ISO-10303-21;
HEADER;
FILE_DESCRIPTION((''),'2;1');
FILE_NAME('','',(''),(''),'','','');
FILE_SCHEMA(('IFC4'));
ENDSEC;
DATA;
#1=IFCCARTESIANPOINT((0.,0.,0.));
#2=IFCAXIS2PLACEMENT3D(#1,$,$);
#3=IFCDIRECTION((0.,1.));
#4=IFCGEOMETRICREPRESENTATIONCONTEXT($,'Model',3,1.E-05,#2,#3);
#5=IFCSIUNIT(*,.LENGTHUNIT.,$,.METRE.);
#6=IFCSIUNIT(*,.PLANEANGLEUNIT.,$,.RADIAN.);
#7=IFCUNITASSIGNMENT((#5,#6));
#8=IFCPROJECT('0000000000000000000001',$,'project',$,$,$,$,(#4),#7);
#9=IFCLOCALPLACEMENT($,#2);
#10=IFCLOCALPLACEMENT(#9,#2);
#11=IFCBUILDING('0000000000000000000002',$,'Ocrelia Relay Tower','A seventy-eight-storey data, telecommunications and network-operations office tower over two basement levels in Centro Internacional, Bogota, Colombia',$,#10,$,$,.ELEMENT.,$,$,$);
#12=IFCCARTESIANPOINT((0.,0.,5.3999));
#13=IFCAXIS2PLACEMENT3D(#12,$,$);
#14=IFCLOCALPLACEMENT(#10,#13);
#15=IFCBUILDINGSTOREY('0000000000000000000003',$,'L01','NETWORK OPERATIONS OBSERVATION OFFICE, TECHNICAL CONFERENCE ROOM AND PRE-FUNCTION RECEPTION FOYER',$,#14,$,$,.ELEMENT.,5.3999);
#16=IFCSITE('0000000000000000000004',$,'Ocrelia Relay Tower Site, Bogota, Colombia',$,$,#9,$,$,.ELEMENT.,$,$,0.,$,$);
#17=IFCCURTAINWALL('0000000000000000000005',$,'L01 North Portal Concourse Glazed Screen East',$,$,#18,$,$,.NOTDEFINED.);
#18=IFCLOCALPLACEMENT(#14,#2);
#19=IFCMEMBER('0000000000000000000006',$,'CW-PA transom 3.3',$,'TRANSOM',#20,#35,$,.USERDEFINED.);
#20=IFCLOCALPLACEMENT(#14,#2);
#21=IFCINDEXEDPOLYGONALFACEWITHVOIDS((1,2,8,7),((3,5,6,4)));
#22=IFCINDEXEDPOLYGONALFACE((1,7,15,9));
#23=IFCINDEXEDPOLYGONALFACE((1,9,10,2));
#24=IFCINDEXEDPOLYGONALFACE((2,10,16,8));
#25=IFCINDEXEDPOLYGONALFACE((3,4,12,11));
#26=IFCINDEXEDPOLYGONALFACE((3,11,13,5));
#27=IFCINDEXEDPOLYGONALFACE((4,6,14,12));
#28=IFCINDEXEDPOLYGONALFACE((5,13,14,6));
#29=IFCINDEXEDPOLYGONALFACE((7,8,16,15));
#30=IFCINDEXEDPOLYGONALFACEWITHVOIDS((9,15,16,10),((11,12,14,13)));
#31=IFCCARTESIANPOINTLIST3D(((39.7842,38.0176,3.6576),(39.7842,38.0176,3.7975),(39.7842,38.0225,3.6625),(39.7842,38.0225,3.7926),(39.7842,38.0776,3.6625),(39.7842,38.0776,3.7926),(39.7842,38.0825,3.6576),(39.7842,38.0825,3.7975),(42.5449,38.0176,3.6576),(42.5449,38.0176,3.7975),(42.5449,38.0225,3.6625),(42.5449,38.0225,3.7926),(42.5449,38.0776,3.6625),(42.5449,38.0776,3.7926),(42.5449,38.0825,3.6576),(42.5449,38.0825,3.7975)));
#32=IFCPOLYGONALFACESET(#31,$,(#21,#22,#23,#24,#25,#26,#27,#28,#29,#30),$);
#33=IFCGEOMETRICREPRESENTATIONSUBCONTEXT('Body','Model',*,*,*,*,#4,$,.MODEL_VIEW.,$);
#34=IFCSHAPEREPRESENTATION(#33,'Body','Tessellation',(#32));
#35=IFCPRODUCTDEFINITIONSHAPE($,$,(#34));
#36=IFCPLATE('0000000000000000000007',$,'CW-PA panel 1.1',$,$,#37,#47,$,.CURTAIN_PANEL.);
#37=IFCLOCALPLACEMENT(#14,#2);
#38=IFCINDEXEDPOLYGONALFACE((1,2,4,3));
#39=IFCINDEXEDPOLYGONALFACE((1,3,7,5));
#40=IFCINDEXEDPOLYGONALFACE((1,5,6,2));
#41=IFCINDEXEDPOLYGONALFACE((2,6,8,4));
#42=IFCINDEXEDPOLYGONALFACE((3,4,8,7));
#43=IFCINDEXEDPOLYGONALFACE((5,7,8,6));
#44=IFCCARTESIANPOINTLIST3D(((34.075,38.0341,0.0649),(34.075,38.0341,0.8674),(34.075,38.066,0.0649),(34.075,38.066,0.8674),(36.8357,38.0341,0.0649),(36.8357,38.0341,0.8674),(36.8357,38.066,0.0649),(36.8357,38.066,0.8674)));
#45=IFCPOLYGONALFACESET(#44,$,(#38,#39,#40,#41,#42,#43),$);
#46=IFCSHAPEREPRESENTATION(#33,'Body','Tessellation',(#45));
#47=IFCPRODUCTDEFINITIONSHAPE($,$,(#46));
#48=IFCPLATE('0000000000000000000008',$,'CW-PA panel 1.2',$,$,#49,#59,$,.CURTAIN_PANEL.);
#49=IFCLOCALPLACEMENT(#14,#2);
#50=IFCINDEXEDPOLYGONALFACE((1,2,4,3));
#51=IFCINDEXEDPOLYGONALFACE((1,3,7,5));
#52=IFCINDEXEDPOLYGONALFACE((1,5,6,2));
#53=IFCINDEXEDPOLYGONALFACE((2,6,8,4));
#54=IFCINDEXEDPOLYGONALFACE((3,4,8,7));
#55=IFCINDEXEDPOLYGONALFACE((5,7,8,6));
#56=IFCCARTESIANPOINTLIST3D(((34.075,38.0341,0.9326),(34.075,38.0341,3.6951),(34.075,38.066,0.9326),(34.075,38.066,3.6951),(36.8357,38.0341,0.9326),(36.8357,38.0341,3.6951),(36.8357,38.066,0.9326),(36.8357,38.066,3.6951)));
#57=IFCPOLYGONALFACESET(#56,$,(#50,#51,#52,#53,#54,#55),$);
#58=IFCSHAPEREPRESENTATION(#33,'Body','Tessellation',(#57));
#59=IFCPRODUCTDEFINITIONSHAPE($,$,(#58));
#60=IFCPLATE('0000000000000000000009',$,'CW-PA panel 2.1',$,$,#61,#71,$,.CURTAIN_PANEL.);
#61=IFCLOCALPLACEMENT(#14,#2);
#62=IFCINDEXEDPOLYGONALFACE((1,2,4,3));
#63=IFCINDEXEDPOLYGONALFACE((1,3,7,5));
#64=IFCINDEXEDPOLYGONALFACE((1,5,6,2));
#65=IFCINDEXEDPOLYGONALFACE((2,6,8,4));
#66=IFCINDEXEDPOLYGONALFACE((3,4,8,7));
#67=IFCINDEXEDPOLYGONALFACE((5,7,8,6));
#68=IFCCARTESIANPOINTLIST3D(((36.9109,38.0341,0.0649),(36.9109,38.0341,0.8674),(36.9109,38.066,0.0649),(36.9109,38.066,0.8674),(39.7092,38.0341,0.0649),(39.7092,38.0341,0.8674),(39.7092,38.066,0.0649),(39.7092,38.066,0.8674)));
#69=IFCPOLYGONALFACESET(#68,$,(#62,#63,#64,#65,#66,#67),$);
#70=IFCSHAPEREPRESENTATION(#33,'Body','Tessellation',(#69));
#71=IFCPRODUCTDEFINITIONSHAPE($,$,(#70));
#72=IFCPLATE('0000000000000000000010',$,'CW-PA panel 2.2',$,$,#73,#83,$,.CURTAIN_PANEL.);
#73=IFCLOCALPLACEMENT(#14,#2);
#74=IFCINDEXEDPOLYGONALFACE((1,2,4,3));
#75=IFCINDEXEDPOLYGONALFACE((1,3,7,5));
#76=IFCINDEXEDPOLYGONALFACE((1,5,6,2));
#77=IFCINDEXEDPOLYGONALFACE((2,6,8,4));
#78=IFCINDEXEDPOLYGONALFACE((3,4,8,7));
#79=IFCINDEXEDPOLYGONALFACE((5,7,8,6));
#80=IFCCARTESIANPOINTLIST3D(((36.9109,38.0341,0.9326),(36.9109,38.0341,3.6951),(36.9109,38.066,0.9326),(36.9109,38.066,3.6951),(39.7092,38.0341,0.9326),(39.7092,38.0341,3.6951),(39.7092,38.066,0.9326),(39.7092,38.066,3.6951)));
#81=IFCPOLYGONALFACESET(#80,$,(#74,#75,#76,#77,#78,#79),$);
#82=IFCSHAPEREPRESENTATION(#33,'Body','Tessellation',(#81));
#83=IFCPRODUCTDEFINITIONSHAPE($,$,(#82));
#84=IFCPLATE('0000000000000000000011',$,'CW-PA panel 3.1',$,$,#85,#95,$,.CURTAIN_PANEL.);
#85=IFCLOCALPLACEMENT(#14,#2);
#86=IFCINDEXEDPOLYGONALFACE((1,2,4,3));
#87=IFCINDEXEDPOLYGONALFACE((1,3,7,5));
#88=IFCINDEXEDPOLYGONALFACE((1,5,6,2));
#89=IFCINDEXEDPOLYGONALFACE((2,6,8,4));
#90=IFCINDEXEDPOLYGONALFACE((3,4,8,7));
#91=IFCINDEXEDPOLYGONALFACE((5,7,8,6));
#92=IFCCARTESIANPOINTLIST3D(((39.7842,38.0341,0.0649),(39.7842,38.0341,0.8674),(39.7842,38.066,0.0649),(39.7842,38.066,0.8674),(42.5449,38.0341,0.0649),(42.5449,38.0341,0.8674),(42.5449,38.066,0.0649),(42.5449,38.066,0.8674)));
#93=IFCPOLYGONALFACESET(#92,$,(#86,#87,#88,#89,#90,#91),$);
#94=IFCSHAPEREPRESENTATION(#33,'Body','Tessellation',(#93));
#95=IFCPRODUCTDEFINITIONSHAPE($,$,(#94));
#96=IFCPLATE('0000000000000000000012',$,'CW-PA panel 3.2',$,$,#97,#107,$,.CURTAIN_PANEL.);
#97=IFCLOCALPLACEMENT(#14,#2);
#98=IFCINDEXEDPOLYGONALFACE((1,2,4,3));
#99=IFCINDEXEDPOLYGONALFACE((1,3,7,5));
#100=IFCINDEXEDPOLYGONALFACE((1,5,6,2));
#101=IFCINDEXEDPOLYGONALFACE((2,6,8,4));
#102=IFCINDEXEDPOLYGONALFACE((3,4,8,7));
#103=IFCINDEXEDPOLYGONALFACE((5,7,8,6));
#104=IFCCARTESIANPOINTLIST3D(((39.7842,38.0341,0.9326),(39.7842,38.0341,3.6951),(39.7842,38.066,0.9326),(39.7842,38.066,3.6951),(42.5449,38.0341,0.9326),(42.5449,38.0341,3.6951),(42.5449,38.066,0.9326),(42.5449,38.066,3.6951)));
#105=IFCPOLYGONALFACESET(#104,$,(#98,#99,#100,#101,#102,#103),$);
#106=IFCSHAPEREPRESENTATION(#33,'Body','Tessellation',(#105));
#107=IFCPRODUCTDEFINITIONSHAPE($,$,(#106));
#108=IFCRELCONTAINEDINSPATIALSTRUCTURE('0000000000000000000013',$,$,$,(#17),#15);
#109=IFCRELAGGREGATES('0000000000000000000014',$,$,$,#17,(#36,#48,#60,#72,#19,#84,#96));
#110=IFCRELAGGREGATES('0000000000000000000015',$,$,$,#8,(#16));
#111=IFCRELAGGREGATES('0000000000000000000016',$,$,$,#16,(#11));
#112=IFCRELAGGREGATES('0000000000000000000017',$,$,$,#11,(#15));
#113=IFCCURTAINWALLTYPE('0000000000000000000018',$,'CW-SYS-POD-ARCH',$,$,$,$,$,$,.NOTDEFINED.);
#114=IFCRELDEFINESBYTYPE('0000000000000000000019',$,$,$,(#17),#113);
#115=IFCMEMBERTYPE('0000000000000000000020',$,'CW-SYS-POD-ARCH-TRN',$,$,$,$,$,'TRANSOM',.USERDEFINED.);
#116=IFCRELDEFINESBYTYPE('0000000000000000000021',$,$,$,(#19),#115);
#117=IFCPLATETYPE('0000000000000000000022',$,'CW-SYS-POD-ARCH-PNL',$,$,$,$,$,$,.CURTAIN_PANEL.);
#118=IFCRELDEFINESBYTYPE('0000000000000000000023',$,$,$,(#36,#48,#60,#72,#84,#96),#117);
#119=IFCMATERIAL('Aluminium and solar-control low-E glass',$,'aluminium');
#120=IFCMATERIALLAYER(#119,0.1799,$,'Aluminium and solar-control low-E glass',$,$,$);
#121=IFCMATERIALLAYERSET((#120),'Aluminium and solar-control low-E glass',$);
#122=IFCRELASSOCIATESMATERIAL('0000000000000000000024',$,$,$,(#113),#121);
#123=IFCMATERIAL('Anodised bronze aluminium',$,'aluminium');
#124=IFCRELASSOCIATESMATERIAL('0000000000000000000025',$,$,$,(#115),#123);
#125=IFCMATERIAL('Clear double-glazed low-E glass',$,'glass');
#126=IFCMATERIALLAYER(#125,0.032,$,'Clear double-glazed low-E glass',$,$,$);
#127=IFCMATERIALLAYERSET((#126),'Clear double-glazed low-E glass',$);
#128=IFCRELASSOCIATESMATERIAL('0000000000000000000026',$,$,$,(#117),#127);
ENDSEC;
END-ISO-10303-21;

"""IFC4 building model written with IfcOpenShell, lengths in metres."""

from ifc_helpers import new_model, si_unit, direction, frame, origin, origin_2d, place, context, subcontext, project, spatial, rectangle, hollow_rectangle, extrude, material, layer, layer_set, material_profile, profile_set, type_object, element, aggregate, save


model = new_model("IFC4")

# Units and contexts
model_context = context("Model", 3, precision=1e-05, world=origin(), true_north=direction((0.0, 1.0)))
body_context = subcontext(model_context, "Body", "Model", "MODEL_VIEW")
ifc_project = project(units=[si_unit("LENGTHUNIT", "METRE"), si_unit("PLANEANGLEUNIT", "RADIAN")], contexts=[model_context])

# Site, building, storey
site_placement = place(None, origin())
site = spatial("IfcSite", under=ifc_project, at=site_placement, Name="Ocrelia Relay Tower Site, Bogota, Colombia", CompositionType="ELEMENT", RefElevation=0.0)
building_placement = place(site_placement, origin())
building = spatial("IfcBuilding", under=site, at=building_placement, Name="Ocrelia Relay Tower", Description="A seventy-eight-storey data, telecommunications and network-operations office tower over two basement levels in Centro Internacional, Bogota, Colombia", CompositionType="ELEMENT")
storey_placement = place(building_placement, frame((0.0, 0.0, 5.3999)))
storey = spatial("IfcBuildingStorey", under=building, at=storey_placement, Name="L01", Description="NETWORK OPERATIONS OBSERVATION OFFICE, TECHNICAL CONFERENCE ROOM AND PRE-FUNCTION RECEPTION FOYER", CompositionType="ELEMENT", Elevation=5.3999)

# Curtain wall, member, plates
ifc_material_1 = material(Name="Aluminium and solar-control low-E glass", Category="aluminium")
ifc_layer_1 = layer(ifc_material_1, 0.1799, Name="Aluminium and solar-control low-E glass")
ifc_layer_set_1 = layer_set([ifc_layer_1], Name="Aluminium and solar-control low-E glass")
curtain_wall_type = type_object("IfcCurtainWallType", Name="CW-SYS-POD-ARCH", PredefinedType="NOTDEFINED", material=ifc_layer_set_1)
curtain_wall_placement = place(storey_placement, origin())
curtain_wall = element("IfcCurtainWall", 1, at=curtain_wall_placement, inside=storey, type_object=curtain_wall_type, Name="L01 North Portal Concourse Glazed Screen East", PredefinedType="NOTDEFINED")
ifc_material_2 = material(Name="Anodised bronze aluminium", Category="aluminium")
ifc_material_profile_1 = material_profile(ifc_material_2, hollow_rectangle(XDim=0.0649, YDim=0.1399, WallThickness=0.0049, at=origin_2d()), Name="CW-TRN-140x65")
ifc_profile_set_1 = profile_set([ifc_material_profile_1], Name="Anodised bronze aluminium")
member_type_1 = type_object("IfcMemberType", Name="CW-SYS-POD-ARCH-TRN", ElementType="TRANSOM", PredefinedType="USERDEFINED", material=ifc_profile_set_1)
member_1_placement = place(storey_placement, frame((39.7842, 38.05, 3.7275), z_axis=(1.0, 0.0, 0.0), x_axis=(0.0, 1.0, 0.0)))
member_1 = element("IfcMember", 2, at=member_1_placement, type_object=member_type_1, Name="CW-PA transom 3.3", ObjectType="TRANSOM", PredefinedType="USERDEFINED", context=body_context, shape_type="SweptSolid", body=[
    extrude(hollow_rectangle(XDim=0.0649, YDim=0.1399, WallThickness=0.0049, at=origin_2d()), origin(), (0.0, 0.0, 1.0), 2.7607),
])
ifc_material_3 = material(Name="Clear double-glazed low-E glass", Category="glass")
ifc_layer_2 = layer(ifc_material_3, 0.032, Name="Clear double-glazed low-E glass")
ifc_layer_set_2 = layer_set([ifc_layer_2], Name="Clear double-glazed low-E glass")
plate_type = type_object("IfcPlateType", Name="CW-SYS-POD-ARCH-PNL", PredefinedType="CURTAIN_PANEL", material=ifc_layer_set_2)
plate_1_placement = place(storey_placement, frame((35.4553, 38.05, 0.0649), z_axis=(0.0, 0.0, 1.0), x_axis=(1.0, 0.0, 0.0)))
plate_1 = element("IfcPlate", 3, at=plate_1_placement, type_object=plate_type, Name="CW-PA panel 1.1", PredefinedType="CURTAIN_PANEL", context=body_context, shape_type="SweptSolid", body=[
    extrude(rectangle(XDim=2.7607, YDim=0.032, at=origin_2d()), origin(), (0.0, 0.0, 1.0), 0.8025),
])
plate_2_placement = place(storey_placement, frame((35.4553, 38.05, 0.9326), z_axis=(0.0, 0.0, 1.0), x_axis=(1.0, 0.0, 0.0)))
plate_2 = element("IfcPlate", 4, at=plate_2_placement, type_object=plate_type, Name="CW-PA panel 1.2", PredefinedType="CURTAIN_PANEL", context=body_context, shape_type="SweptSolid", body=[
    extrude(rectangle(XDim=2.7607, YDim=0.032, at=origin_2d()), origin(), (0.0, 0.0, 1.0), 2.7625),
])
plate_3_placement = place(storey_placement, frame((38.3101, 38.05, 0.0649), z_axis=(0.0, 0.0, 1.0), x_axis=(1.0, 0.0, 0.0)))
plate_3 = element("IfcPlate", 5, at=plate_3_placement, type_object=plate_type, Name="CW-PA panel 2.1", PredefinedType="CURTAIN_PANEL", context=body_context, shape_type="SweptSolid", body=[
    extrude(rectangle(XDim=2.7983, YDim=0.032, at=origin_2d()), origin(), (0.0, 0.0, 1.0), 0.8025),
])
plate_4_placement = place(storey_placement, frame((38.3101, 38.05, 0.9326), z_axis=(0.0, 0.0, 1.0), x_axis=(1.0, 0.0, 0.0)))
plate_4 = element("IfcPlate", 6, at=plate_4_placement, type_object=plate_type, Name="CW-PA panel 2.2", PredefinedType="CURTAIN_PANEL", context=body_context, shape_type="SweptSolid", body=[
    extrude(rectangle(XDim=2.7983, YDim=0.032, at=origin_2d()), origin(), (0.0, 0.0, 1.0), 2.7625),
])
plate_5_placement = place(storey_placement, frame((41.1646, 38.05, 0.0649), z_axis=(0.0, 0.0, 1.0), x_axis=(1.0, 0.0, 0.0)))
plate_5 = element("IfcPlate", 7, at=plate_5_placement, type_object=plate_type, Name="CW-PA panel 3.1", PredefinedType="CURTAIN_PANEL", context=body_context, shape_type="SweptSolid", body=[
    extrude(rectangle(XDim=2.7607, YDim=0.032, at=origin_2d()), origin(), (0.0, 0.0, 1.0), 0.8025),
])
plate_6_placement = place(storey_placement, frame((41.1646, 38.05, 0.9326), z_axis=(0.0, 0.0, 1.0), x_axis=(1.0, 0.0, 0.0)))
plate_6 = element("IfcPlate", 8, at=plate_6_placement, type_object=plate_type, Name="CW-PA panel 3.2", PredefinedType="CURTAIN_PANEL", context=body_context, shape_type="SweptSolid", body=[
    extrude(rectangle(XDim=2.7607, YDim=0.032, at=origin_2d()), origin(), (0.0, 0.0, 1.0), 2.7625),
])
aggregate(curtain_wall, [plate_1, plate_2, plate_3, plate_4, member_1, plate_5, plate_6])

save(model, "model.ifc")
